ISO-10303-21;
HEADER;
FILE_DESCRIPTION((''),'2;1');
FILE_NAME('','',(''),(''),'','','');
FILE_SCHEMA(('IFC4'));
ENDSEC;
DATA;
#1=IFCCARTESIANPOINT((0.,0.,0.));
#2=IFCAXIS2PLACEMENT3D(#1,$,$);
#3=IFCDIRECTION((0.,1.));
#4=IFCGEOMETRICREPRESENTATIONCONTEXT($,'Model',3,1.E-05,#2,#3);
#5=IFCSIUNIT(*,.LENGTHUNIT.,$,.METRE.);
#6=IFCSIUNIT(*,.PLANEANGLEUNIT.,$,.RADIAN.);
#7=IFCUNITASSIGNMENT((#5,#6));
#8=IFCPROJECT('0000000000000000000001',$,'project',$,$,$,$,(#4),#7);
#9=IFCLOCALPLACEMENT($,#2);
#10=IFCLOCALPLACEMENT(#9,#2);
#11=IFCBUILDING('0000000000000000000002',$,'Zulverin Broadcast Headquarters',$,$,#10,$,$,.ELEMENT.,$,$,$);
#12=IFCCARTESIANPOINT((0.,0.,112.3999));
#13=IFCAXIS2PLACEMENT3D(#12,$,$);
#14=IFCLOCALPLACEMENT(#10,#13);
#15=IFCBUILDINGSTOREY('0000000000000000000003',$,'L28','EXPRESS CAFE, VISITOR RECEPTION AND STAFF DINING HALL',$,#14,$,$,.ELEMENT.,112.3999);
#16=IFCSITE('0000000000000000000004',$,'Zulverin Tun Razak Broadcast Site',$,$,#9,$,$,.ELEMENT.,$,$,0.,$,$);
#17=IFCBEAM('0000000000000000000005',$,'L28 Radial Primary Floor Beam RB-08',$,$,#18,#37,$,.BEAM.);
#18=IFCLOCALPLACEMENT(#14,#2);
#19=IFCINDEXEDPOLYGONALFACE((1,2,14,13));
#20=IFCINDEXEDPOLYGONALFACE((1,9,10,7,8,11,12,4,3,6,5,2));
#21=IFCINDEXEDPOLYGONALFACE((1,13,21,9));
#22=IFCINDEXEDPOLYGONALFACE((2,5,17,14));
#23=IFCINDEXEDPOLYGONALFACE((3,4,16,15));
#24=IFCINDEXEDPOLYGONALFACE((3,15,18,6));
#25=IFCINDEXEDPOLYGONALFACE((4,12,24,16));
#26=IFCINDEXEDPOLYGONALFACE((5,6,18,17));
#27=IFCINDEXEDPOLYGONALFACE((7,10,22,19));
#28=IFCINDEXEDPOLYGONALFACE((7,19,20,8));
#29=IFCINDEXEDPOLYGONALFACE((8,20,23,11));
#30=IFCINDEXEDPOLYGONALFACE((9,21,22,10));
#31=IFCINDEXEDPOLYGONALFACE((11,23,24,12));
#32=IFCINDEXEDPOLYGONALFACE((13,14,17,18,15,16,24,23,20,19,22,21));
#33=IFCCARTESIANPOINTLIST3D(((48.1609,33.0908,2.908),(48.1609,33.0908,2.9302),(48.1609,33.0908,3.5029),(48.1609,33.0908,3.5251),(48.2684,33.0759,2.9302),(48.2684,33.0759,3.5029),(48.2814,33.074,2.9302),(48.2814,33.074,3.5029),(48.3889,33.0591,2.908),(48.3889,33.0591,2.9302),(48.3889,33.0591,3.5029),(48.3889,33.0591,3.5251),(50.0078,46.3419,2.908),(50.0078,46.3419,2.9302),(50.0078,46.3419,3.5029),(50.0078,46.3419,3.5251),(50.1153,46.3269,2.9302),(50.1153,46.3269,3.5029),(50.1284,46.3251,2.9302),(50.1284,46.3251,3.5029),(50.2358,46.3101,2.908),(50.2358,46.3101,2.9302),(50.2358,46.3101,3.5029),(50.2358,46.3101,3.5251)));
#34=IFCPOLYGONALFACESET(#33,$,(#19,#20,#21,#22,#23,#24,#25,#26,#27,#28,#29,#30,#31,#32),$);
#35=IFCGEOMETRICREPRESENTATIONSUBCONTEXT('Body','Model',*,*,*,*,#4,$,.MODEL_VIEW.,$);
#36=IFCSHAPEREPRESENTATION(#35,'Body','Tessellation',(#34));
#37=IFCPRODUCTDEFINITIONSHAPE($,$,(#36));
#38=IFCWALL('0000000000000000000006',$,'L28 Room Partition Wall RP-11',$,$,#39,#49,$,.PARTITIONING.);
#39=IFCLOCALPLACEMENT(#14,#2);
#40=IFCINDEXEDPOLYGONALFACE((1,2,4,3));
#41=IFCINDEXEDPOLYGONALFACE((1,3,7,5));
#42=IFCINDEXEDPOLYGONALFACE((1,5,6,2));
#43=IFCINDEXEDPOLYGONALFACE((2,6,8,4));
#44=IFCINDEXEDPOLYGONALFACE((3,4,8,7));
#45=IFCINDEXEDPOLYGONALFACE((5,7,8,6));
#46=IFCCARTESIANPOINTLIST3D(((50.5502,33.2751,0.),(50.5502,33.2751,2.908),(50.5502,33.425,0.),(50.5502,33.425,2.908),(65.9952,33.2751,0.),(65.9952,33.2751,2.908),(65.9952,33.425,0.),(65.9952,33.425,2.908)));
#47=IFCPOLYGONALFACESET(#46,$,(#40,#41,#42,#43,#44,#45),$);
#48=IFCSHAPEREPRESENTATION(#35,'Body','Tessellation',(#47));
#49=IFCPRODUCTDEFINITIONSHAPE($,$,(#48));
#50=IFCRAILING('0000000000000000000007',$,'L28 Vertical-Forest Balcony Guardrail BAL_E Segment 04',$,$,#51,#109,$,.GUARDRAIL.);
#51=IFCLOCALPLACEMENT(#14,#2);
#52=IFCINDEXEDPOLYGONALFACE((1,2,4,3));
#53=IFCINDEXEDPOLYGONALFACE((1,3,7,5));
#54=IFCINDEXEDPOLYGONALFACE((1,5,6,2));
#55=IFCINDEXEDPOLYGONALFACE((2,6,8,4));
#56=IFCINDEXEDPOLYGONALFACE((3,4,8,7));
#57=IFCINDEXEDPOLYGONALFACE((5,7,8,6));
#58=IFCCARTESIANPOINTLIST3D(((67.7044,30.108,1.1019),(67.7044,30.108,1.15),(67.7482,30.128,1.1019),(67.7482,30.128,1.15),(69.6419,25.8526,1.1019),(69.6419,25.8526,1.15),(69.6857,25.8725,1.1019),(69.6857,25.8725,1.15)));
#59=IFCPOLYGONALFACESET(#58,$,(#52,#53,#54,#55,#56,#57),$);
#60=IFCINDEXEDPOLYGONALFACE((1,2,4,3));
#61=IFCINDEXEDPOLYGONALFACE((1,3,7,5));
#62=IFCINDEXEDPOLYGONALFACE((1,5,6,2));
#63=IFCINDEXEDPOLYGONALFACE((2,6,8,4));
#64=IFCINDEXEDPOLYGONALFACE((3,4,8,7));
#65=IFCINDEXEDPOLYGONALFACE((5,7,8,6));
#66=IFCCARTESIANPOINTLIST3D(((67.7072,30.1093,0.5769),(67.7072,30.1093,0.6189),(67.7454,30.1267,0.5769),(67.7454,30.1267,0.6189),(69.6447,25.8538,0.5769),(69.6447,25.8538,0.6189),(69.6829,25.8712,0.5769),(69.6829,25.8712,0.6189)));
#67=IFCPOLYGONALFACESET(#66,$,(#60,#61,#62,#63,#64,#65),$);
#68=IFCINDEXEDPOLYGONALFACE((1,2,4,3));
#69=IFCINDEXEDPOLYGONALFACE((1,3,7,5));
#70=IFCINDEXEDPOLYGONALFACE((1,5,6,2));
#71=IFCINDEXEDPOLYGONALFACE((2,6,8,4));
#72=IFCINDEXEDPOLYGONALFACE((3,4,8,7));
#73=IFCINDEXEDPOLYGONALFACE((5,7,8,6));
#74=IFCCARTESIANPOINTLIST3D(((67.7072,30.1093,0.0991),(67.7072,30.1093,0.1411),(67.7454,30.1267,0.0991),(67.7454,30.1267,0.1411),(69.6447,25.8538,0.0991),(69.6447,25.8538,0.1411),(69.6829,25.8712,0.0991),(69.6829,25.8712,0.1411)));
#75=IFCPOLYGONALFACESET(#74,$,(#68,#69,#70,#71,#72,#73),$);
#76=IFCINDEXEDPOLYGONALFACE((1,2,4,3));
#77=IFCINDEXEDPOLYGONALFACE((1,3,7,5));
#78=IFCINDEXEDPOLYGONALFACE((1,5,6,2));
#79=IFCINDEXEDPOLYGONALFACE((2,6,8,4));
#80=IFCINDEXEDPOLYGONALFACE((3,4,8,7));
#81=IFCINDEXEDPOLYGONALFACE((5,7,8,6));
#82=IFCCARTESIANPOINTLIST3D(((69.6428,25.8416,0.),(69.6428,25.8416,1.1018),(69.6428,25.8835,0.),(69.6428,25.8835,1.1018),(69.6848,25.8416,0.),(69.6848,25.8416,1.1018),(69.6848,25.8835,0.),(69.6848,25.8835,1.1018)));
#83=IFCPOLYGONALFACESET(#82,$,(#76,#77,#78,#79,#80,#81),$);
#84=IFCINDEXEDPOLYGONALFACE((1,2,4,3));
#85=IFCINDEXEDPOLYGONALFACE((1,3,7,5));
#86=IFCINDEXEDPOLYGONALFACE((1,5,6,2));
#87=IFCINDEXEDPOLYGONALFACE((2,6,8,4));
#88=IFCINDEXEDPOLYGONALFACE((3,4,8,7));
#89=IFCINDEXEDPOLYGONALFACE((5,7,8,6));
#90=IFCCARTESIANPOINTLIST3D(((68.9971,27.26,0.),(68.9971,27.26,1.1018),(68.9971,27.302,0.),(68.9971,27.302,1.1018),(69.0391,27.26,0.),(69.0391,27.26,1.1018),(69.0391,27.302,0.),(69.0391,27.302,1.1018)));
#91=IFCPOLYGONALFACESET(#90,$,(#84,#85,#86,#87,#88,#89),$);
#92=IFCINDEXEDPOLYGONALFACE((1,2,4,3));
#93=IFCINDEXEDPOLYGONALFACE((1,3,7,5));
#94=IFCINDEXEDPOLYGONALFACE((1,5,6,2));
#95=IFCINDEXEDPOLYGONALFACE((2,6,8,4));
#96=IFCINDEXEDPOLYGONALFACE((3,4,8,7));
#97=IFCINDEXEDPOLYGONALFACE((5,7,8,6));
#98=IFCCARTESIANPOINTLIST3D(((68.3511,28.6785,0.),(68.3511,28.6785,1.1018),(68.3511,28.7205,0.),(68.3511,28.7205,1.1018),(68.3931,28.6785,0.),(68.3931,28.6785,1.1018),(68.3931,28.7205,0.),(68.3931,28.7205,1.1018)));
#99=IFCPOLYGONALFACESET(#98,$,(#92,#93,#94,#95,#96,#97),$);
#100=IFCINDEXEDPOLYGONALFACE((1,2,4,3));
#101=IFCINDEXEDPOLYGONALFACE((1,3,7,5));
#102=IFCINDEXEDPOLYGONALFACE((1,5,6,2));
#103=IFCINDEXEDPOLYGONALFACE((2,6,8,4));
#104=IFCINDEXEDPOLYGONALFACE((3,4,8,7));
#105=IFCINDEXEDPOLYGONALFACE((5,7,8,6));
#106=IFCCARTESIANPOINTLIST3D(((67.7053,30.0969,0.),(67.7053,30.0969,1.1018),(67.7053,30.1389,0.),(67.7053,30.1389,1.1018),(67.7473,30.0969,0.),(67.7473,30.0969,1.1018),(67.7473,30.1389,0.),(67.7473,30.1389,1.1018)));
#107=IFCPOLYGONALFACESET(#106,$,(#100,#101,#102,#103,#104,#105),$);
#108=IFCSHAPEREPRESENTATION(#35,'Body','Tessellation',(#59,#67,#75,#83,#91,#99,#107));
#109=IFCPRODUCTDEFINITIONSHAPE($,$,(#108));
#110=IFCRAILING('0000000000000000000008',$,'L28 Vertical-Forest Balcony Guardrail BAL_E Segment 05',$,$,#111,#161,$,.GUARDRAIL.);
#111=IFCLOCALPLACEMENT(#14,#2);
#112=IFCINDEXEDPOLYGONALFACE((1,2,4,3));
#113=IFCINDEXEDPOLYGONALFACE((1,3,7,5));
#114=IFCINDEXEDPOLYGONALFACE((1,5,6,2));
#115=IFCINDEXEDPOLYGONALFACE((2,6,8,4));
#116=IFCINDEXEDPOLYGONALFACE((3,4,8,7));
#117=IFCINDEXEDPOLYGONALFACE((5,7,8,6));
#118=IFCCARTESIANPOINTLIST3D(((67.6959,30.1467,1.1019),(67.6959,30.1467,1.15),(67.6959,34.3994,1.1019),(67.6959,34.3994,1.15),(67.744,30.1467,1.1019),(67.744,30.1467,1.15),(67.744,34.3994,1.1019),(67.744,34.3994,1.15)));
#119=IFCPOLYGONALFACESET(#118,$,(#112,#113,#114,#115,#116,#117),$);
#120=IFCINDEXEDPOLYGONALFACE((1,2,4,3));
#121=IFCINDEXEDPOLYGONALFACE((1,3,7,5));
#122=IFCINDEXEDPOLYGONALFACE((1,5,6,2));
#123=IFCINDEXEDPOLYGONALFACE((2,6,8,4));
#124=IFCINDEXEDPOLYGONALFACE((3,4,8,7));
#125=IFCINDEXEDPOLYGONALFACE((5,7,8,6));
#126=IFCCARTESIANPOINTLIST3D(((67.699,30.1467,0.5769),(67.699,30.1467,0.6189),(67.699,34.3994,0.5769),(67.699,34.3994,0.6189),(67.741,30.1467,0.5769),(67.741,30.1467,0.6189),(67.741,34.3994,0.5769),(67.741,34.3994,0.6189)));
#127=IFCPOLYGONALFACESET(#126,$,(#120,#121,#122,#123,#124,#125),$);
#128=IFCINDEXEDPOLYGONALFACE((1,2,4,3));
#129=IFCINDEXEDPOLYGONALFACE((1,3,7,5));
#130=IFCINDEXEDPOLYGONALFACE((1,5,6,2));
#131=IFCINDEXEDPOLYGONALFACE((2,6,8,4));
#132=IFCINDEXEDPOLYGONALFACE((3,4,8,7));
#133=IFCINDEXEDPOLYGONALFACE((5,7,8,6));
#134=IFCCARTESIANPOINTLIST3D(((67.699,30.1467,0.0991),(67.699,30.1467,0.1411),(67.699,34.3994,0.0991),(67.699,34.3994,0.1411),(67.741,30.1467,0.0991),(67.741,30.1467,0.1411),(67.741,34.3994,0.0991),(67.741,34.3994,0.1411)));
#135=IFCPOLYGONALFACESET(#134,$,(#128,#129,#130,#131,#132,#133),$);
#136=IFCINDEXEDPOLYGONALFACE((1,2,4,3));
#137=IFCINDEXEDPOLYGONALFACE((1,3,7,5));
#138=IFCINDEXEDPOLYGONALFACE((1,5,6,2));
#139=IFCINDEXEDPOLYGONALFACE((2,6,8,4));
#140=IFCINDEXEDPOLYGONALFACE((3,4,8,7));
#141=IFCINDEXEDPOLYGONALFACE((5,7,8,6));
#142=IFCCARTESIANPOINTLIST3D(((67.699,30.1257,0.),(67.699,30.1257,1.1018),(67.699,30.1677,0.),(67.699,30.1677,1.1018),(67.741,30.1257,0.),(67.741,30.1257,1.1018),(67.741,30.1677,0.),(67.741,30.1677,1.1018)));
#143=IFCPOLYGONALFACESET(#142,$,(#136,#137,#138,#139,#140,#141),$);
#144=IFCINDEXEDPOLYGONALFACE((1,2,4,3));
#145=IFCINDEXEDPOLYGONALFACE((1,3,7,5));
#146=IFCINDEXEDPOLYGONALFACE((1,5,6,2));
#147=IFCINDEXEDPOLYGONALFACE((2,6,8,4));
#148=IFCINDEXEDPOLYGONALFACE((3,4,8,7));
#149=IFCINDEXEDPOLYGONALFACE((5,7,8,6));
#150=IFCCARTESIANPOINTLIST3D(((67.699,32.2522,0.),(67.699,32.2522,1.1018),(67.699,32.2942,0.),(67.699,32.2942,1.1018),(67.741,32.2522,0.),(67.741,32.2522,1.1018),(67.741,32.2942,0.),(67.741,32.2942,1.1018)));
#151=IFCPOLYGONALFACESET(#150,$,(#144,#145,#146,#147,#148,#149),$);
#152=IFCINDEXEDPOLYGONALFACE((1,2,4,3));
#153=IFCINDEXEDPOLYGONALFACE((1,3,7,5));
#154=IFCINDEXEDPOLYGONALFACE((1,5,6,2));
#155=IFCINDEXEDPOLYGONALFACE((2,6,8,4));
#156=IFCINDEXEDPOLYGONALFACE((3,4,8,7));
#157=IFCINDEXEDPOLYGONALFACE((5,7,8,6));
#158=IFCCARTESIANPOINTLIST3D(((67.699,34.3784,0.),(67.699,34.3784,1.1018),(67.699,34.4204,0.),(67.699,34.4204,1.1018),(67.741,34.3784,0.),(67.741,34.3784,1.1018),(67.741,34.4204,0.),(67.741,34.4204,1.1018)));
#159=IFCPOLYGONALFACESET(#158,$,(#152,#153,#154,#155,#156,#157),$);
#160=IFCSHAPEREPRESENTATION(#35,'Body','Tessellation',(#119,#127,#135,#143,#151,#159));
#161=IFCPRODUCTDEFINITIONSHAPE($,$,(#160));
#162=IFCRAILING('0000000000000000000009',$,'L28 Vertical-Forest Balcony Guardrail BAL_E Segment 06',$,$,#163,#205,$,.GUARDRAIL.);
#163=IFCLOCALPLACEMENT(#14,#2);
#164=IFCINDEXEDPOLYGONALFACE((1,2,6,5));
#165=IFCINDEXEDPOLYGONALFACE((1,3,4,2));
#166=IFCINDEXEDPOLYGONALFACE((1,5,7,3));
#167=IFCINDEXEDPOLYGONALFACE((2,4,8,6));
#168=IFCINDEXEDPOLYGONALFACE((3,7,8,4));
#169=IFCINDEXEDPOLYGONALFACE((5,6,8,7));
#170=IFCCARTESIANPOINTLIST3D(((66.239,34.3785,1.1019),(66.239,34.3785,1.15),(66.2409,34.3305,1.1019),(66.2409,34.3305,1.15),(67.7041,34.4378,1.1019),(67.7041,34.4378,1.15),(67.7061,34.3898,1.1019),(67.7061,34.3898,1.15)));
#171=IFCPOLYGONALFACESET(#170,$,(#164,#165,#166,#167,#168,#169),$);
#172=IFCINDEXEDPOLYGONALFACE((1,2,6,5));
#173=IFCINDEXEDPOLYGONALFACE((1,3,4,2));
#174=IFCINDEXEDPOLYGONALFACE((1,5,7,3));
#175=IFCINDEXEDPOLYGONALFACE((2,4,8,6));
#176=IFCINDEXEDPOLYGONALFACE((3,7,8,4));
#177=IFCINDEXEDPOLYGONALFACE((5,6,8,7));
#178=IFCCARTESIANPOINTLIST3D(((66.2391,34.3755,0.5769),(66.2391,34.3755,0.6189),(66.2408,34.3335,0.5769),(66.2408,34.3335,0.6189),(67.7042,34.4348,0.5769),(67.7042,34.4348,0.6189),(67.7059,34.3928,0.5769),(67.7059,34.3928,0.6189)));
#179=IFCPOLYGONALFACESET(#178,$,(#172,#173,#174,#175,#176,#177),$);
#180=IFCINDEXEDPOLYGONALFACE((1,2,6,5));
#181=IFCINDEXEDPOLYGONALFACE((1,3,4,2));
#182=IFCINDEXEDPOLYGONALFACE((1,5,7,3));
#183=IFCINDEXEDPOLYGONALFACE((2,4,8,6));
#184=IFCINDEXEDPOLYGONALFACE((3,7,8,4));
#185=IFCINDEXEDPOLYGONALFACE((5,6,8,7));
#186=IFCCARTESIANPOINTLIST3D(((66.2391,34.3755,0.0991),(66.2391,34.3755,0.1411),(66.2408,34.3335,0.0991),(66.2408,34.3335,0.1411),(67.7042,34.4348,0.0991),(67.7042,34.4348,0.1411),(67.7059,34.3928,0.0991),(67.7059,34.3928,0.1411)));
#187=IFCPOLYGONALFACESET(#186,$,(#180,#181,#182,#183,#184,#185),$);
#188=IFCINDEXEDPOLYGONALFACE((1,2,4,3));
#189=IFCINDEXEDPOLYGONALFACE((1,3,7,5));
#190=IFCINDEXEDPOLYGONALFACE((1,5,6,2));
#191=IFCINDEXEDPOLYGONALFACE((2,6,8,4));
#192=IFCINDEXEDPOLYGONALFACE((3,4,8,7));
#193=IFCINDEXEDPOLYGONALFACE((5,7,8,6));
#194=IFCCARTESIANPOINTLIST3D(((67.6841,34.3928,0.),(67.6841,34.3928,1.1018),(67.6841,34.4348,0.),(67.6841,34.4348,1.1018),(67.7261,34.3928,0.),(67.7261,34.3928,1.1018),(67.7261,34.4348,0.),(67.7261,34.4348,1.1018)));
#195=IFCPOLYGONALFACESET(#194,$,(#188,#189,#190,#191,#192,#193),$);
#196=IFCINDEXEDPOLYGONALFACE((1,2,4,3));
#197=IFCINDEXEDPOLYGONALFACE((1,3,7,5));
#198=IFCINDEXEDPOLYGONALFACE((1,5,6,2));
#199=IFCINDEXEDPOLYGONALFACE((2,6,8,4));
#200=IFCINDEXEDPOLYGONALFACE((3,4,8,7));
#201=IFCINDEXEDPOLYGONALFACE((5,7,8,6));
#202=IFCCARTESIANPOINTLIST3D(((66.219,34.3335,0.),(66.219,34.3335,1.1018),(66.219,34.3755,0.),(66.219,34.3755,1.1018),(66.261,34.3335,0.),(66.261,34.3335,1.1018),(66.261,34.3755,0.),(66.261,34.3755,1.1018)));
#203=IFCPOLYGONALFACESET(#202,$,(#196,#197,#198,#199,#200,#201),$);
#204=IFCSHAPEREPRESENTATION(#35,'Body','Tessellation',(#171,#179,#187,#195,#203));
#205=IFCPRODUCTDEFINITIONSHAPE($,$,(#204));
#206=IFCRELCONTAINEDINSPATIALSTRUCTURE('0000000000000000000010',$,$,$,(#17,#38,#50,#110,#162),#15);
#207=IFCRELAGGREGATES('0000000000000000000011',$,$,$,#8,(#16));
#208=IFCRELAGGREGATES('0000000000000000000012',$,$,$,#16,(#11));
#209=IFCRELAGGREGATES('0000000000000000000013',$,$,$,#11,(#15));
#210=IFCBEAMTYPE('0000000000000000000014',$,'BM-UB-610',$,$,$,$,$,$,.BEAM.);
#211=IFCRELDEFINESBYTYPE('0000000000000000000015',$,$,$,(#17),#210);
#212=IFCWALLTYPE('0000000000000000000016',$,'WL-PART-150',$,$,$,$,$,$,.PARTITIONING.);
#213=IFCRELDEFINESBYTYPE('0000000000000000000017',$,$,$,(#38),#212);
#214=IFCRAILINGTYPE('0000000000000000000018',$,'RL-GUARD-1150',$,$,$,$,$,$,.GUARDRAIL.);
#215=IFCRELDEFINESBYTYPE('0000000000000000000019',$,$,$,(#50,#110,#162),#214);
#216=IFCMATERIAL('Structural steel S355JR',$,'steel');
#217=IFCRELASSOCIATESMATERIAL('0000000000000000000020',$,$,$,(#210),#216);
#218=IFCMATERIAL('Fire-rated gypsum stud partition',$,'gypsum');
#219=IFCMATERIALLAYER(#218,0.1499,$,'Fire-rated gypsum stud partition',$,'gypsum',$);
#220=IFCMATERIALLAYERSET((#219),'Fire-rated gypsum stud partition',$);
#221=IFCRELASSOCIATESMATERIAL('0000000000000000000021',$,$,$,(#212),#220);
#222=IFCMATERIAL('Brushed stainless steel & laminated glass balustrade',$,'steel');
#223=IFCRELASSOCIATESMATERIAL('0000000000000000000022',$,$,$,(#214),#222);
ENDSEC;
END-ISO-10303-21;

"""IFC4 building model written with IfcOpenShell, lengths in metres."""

from ifc_helpers import new_model, si_unit, direction, frame, frame_2d, origin, origin_2d, place, context, subcontext, project, spatial, rectangle, i_section, extrude, material, layer, layer_set, material_profile, profile_set, type_object, element, save


model = new_model("IFC4")

# Units and contexts
model_context = context("Model", 3, precision=1e-05, world=origin(), true_north=direction((0.0, 1.0)))
body_context = subcontext(model_context, "Body", "Model", "MODEL_VIEW")
ifc_project = project(units=[si_unit("LENGTHUNIT", "METRE"), si_unit("PLANEANGLEUNIT", "RADIAN")], contexts=[model_context])

# Site, building, storey
site_placement = place(None, origin())
site = spatial("IfcSite", under=ifc_project, at=site_placement, Name="Zulverin Tun Razak Broadcast Site", CompositionType="ELEMENT", RefElevation=0.0)
building_placement = place(site_placement, origin())
building = spatial("IfcBuilding", under=site, at=building_placement, Name="Zulverin Broadcast Headquarters", CompositionType="ELEMENT")
storey_placement = place(building_placement, frame((0.0, 0.0, 112.3999)))
storey = spatial("IfcBuildingStorey", under=building, at=storey_placement, Name="L28", Description="EXPRESS CAFE, VISITOR RECEPTION AND STAFF DINING HALL", CompositionType="ELEMENT", Elevation=112.3999)

# Beam
ifc_material_1 = material(Name="Structural steel S355JR", Category="steel")
ifc_material_profile_1 = material_profile(ifc_material_1, i_section(OverallWidth=0.2302, OverallDepth=0.6172, WebThickness=0.0132, FlangeThickness=0.0222, at=origin_2d()), Name="Structural steel S355JR", Category="steel")
ifc_profile_set_1 = profile_set([ifc_material_profile_1], Name="Structural steel S355JR")
beam_type_1 = type_object("IfcBeamType", Name="BM-UB-610", PredefinedType="BEAM", material=ifc_profile_set_1)
beam_1_placement = place(storey_placement, frame((48.2749, 33.075, 3.2166), z_axis=(0.138046, 0.990426, 0.0), x_axis=(-0.990426, 0.138046, 0.0)))
element("IfcBeam", 1, at=beam_1_placement, inside=storey, type_object=beam_type_1, Name="L28 Radial Primary Floor Beam RB-08", PredefinedType="BEAM", context=body_context, shape_type="SweptSolid", body=[
    extrude(i_section(OverallWidth=0.2302, OverallDepth=0.6172, WebThickness=0.0132, FlangeThickness=0.0222, at=origin_2d()), origin(), (0.0, 0.0, 1.0), 13.3792),
])

# Wall
ifc_material_2 = material(Name="Fire-rated gypsum stud partition", Category="gypsum")
ifc_layer_1 = layer(ifc_material_2, 0.1499, Name="Fire-rated gypsum stud partition", Category="gypsum")
ifc_layer_set_1 = layer_set([ifc_layer_1], Name="Fire-rated gypsum stud partition")
wall_type = type_object("IfcWallType", Name="WL-PART-150", PredefinedType="PARTITIONING", material=ifc_layer_set_1)
wall_placement = place(storey_placement, frame((50.55, 33.3501, 0.0), z_axis=(0.0, 0.0, 1.0), x_axis=(1.0, 0.0, 0.0)))
element("IfcWall", 2, at=wall_placement, inside=storey, type_object=wall_type, Name="L28 Room Partition Wall RP-11", PredefinedType="PARTITIONING", context=body_context, shape_type="SweptSolid", body=[
    extrude(rectangle(XDim=15.4451, YDim=0.1499, at=frame_2d((7.7227, 0.0))), origin(), (0.0, 0.0, 1.0), 2.908),
])

# Railings
ifc_material_3 = material(Name="Brushed stainless steel & laminated glass balustrade", Category="steel")
railing_type = type_object("IfcRailingType", Name="RL-GUARD-1150", PredefinedType="GUARDRAIL", material=ifc_material_3)
railing_1_placement = place(storey_placement, frame((69.6638, 25.8625, 0.0)))
element("IfcRailing", 3, at=railing_1_placement, inside=storey, type_object=railing_type, Name="L28 Vertical-Forest Balcony Guardrail BAL_E Segment 04", PredefinedType="GUARDRAIL", context=body_context, shape_type="SweptSolid", body=[
    extrude(rectangle(XDim=0.0481, YDim=0.0481, at=origin_2d()), frame((0.0, 0.0, 1.126), z_axis=(-0.414377, 0.910105, 0.0), x_axis=(-0.910105, -0.414377, 0.0)), (0.0, 0.0, 1.0), 4.6758),
    extrude(rectangle(XDim=0.042, YDim=0.042, at=origin_2d()), frame((0.0, 0.0, 0.5979), z_axis=(-0.414377, 0.910105, 0.0), x_axis=(-0.910105, -0.414377, 0.0)), (0.0, 0.0, 1.0), 4.6758),
    extrude(rectangle(XDim=0.042, YDim=0.042, at=origin_2d()), frame((0.0, 0.0, 0.1201), z_axis=(-0.414377, 0.910105, 0.0), x_axis=(-0.910105, -0.414377, 0.0)), (0.0, 0.0, 1.0), 4.6758),
    extrude(rectangle(XDim=0.042, YDim=0.042, at=origin_2d()), origin(), (0.0, 0.0, 1.0), 1.1018),
    extrude(rectangle(XDim=0.042, YDim=0.042, at=origin_2d()), frame((-0.6458, 1.4185, 0.0)), (0.0, 0.0, 1.0), 1.1018),
    extrude(rectangle(XDim=0.042, YDim=0.042, at=origin_2d()), frame((-1.2917, 2.8369, 0.0)), (0.0, 0.0, 1.0), 1.1018),
    extrude(rectangle(XDim=0.042, YDim=0.042, at=origin_2d()), frame((-1.9375, 4.2554, 0.0)), (0.0, 0.0, 1.0), 1.1018),
])
railing_2_placement = place(storey_placement, frame((67.72, 30.1467, 0.0)))
element("IfcRailing", 4, at=railing_2_placement, inside=storey, type_object=railing_type, Name="L28 Vertical-Forest Balcony Guardrail BAL_E Segment 05", PredefinedType="GUARDRAIL", context=body_context, shape_type="SweptSolid", body=[
    extrude(rectangle(XDim=0.0481, YDim=0.0481, at=origin_2d()), frame((0.0, 0.0, 1.126), z_axis=(0.0, 1.0, 0.0), x_axis=(-1.0, 0.0, 0.0)), (0.0, 0.0, 1.0), 4.2527),
    extrude(rectangle(XDim=0.042, YDim=0.042, at=origin_2d()), frame((0.0, 0.0, 0.5979), z_axis=(0.0, 1.0, 0.0), x_axis=(-1.0, 0.0, 0.0)), (0.0, 0.0, 1.0), 4.2527),
    extrude(rectangle(XDim=0.042, YDim=0.042, at=origin_2d()), frame((0.0, 0.0, 0.1201), z_axis=(0.0, 1.0, 0.0), x_axis=(-1.0, 0.0, 0.0)), (0.0, 0.0, 1.0), 4.2527),
    extrude(rectangle(XDim=0.042, YDim=0.042, at=origin_2d()), origin(), (0.0, 0.0, 1.0), 1.1018),
    extrude(rectangle(XDim=0.042, YDim=0.042, at=origin_2d()), frame((0.0, 2.1265, 0.0)), (0.0, 0.0, 1.0), 1.1018),
    extrude(rectangle(XDim=0.042, YDim=0.042, at=origin_2d()), frame((0.0, 4.2527, 0.0)), (0.0, 0.0, 1.0), 1.1018),
])
railing_3_placement = place(storey_placement, frame((67.7051, 34.4138, 0.0)))
element("IfcRailing", 5, at=railing_3_placement, inside=storey, type_object=railing_type, Name="L28 Vertical-Forest Balcony Guardrail BAL_E Segment 06", PredefinedType="GUARDRAIL", context=body_context, shape_type="SweptSolid", body=[
    extrude(rectangle(XDim=0.0481, YDim=0.0481, at=origin_2d()), frame((0.0, 0.0, 1.126), z_axis=(-0.999181, -0.04046, 0.0), x_axis=(0.04046, -0.999181, 0.0)), (0.0, 0.0, 1.0), 1.4663),
    extrude(rectangle(XDim=0.042, YDim=0.042, at=origin_2d()), frame((0.0, 0.0, 0.5979), z_axis=(-0.999181, -0.04046, 0.0), x_axis=(0.04046, -0.999181, 0.0)), (0.0, 0.0, 1.0), 1.4663),
    extrude(rectangle(XDim=0.042, YDim=0.042, at=origin_2d()), frame((0.0, 0.0, 0.1201), z_axis=(-0.999181, -0.04046, 0.0), x_axis=(0.04046, -0.999181, 0.0)), (0.0, 0.0, 1.0), 1.4663),
    extrude(rectangle(XDim=0.042, YDim=0.042, at=origin_2d()), origin(), (0.0, 0.0, 1.0), 1.1018),
    extrude(rectangle(XDim=0.042, YDim=0.042, at=origin_2d()), frame((-1.4651, -0.0593, 0.0)), (0.0, 0.0, 1.0), 1.1018),
])

save(model, "model.ifc")
